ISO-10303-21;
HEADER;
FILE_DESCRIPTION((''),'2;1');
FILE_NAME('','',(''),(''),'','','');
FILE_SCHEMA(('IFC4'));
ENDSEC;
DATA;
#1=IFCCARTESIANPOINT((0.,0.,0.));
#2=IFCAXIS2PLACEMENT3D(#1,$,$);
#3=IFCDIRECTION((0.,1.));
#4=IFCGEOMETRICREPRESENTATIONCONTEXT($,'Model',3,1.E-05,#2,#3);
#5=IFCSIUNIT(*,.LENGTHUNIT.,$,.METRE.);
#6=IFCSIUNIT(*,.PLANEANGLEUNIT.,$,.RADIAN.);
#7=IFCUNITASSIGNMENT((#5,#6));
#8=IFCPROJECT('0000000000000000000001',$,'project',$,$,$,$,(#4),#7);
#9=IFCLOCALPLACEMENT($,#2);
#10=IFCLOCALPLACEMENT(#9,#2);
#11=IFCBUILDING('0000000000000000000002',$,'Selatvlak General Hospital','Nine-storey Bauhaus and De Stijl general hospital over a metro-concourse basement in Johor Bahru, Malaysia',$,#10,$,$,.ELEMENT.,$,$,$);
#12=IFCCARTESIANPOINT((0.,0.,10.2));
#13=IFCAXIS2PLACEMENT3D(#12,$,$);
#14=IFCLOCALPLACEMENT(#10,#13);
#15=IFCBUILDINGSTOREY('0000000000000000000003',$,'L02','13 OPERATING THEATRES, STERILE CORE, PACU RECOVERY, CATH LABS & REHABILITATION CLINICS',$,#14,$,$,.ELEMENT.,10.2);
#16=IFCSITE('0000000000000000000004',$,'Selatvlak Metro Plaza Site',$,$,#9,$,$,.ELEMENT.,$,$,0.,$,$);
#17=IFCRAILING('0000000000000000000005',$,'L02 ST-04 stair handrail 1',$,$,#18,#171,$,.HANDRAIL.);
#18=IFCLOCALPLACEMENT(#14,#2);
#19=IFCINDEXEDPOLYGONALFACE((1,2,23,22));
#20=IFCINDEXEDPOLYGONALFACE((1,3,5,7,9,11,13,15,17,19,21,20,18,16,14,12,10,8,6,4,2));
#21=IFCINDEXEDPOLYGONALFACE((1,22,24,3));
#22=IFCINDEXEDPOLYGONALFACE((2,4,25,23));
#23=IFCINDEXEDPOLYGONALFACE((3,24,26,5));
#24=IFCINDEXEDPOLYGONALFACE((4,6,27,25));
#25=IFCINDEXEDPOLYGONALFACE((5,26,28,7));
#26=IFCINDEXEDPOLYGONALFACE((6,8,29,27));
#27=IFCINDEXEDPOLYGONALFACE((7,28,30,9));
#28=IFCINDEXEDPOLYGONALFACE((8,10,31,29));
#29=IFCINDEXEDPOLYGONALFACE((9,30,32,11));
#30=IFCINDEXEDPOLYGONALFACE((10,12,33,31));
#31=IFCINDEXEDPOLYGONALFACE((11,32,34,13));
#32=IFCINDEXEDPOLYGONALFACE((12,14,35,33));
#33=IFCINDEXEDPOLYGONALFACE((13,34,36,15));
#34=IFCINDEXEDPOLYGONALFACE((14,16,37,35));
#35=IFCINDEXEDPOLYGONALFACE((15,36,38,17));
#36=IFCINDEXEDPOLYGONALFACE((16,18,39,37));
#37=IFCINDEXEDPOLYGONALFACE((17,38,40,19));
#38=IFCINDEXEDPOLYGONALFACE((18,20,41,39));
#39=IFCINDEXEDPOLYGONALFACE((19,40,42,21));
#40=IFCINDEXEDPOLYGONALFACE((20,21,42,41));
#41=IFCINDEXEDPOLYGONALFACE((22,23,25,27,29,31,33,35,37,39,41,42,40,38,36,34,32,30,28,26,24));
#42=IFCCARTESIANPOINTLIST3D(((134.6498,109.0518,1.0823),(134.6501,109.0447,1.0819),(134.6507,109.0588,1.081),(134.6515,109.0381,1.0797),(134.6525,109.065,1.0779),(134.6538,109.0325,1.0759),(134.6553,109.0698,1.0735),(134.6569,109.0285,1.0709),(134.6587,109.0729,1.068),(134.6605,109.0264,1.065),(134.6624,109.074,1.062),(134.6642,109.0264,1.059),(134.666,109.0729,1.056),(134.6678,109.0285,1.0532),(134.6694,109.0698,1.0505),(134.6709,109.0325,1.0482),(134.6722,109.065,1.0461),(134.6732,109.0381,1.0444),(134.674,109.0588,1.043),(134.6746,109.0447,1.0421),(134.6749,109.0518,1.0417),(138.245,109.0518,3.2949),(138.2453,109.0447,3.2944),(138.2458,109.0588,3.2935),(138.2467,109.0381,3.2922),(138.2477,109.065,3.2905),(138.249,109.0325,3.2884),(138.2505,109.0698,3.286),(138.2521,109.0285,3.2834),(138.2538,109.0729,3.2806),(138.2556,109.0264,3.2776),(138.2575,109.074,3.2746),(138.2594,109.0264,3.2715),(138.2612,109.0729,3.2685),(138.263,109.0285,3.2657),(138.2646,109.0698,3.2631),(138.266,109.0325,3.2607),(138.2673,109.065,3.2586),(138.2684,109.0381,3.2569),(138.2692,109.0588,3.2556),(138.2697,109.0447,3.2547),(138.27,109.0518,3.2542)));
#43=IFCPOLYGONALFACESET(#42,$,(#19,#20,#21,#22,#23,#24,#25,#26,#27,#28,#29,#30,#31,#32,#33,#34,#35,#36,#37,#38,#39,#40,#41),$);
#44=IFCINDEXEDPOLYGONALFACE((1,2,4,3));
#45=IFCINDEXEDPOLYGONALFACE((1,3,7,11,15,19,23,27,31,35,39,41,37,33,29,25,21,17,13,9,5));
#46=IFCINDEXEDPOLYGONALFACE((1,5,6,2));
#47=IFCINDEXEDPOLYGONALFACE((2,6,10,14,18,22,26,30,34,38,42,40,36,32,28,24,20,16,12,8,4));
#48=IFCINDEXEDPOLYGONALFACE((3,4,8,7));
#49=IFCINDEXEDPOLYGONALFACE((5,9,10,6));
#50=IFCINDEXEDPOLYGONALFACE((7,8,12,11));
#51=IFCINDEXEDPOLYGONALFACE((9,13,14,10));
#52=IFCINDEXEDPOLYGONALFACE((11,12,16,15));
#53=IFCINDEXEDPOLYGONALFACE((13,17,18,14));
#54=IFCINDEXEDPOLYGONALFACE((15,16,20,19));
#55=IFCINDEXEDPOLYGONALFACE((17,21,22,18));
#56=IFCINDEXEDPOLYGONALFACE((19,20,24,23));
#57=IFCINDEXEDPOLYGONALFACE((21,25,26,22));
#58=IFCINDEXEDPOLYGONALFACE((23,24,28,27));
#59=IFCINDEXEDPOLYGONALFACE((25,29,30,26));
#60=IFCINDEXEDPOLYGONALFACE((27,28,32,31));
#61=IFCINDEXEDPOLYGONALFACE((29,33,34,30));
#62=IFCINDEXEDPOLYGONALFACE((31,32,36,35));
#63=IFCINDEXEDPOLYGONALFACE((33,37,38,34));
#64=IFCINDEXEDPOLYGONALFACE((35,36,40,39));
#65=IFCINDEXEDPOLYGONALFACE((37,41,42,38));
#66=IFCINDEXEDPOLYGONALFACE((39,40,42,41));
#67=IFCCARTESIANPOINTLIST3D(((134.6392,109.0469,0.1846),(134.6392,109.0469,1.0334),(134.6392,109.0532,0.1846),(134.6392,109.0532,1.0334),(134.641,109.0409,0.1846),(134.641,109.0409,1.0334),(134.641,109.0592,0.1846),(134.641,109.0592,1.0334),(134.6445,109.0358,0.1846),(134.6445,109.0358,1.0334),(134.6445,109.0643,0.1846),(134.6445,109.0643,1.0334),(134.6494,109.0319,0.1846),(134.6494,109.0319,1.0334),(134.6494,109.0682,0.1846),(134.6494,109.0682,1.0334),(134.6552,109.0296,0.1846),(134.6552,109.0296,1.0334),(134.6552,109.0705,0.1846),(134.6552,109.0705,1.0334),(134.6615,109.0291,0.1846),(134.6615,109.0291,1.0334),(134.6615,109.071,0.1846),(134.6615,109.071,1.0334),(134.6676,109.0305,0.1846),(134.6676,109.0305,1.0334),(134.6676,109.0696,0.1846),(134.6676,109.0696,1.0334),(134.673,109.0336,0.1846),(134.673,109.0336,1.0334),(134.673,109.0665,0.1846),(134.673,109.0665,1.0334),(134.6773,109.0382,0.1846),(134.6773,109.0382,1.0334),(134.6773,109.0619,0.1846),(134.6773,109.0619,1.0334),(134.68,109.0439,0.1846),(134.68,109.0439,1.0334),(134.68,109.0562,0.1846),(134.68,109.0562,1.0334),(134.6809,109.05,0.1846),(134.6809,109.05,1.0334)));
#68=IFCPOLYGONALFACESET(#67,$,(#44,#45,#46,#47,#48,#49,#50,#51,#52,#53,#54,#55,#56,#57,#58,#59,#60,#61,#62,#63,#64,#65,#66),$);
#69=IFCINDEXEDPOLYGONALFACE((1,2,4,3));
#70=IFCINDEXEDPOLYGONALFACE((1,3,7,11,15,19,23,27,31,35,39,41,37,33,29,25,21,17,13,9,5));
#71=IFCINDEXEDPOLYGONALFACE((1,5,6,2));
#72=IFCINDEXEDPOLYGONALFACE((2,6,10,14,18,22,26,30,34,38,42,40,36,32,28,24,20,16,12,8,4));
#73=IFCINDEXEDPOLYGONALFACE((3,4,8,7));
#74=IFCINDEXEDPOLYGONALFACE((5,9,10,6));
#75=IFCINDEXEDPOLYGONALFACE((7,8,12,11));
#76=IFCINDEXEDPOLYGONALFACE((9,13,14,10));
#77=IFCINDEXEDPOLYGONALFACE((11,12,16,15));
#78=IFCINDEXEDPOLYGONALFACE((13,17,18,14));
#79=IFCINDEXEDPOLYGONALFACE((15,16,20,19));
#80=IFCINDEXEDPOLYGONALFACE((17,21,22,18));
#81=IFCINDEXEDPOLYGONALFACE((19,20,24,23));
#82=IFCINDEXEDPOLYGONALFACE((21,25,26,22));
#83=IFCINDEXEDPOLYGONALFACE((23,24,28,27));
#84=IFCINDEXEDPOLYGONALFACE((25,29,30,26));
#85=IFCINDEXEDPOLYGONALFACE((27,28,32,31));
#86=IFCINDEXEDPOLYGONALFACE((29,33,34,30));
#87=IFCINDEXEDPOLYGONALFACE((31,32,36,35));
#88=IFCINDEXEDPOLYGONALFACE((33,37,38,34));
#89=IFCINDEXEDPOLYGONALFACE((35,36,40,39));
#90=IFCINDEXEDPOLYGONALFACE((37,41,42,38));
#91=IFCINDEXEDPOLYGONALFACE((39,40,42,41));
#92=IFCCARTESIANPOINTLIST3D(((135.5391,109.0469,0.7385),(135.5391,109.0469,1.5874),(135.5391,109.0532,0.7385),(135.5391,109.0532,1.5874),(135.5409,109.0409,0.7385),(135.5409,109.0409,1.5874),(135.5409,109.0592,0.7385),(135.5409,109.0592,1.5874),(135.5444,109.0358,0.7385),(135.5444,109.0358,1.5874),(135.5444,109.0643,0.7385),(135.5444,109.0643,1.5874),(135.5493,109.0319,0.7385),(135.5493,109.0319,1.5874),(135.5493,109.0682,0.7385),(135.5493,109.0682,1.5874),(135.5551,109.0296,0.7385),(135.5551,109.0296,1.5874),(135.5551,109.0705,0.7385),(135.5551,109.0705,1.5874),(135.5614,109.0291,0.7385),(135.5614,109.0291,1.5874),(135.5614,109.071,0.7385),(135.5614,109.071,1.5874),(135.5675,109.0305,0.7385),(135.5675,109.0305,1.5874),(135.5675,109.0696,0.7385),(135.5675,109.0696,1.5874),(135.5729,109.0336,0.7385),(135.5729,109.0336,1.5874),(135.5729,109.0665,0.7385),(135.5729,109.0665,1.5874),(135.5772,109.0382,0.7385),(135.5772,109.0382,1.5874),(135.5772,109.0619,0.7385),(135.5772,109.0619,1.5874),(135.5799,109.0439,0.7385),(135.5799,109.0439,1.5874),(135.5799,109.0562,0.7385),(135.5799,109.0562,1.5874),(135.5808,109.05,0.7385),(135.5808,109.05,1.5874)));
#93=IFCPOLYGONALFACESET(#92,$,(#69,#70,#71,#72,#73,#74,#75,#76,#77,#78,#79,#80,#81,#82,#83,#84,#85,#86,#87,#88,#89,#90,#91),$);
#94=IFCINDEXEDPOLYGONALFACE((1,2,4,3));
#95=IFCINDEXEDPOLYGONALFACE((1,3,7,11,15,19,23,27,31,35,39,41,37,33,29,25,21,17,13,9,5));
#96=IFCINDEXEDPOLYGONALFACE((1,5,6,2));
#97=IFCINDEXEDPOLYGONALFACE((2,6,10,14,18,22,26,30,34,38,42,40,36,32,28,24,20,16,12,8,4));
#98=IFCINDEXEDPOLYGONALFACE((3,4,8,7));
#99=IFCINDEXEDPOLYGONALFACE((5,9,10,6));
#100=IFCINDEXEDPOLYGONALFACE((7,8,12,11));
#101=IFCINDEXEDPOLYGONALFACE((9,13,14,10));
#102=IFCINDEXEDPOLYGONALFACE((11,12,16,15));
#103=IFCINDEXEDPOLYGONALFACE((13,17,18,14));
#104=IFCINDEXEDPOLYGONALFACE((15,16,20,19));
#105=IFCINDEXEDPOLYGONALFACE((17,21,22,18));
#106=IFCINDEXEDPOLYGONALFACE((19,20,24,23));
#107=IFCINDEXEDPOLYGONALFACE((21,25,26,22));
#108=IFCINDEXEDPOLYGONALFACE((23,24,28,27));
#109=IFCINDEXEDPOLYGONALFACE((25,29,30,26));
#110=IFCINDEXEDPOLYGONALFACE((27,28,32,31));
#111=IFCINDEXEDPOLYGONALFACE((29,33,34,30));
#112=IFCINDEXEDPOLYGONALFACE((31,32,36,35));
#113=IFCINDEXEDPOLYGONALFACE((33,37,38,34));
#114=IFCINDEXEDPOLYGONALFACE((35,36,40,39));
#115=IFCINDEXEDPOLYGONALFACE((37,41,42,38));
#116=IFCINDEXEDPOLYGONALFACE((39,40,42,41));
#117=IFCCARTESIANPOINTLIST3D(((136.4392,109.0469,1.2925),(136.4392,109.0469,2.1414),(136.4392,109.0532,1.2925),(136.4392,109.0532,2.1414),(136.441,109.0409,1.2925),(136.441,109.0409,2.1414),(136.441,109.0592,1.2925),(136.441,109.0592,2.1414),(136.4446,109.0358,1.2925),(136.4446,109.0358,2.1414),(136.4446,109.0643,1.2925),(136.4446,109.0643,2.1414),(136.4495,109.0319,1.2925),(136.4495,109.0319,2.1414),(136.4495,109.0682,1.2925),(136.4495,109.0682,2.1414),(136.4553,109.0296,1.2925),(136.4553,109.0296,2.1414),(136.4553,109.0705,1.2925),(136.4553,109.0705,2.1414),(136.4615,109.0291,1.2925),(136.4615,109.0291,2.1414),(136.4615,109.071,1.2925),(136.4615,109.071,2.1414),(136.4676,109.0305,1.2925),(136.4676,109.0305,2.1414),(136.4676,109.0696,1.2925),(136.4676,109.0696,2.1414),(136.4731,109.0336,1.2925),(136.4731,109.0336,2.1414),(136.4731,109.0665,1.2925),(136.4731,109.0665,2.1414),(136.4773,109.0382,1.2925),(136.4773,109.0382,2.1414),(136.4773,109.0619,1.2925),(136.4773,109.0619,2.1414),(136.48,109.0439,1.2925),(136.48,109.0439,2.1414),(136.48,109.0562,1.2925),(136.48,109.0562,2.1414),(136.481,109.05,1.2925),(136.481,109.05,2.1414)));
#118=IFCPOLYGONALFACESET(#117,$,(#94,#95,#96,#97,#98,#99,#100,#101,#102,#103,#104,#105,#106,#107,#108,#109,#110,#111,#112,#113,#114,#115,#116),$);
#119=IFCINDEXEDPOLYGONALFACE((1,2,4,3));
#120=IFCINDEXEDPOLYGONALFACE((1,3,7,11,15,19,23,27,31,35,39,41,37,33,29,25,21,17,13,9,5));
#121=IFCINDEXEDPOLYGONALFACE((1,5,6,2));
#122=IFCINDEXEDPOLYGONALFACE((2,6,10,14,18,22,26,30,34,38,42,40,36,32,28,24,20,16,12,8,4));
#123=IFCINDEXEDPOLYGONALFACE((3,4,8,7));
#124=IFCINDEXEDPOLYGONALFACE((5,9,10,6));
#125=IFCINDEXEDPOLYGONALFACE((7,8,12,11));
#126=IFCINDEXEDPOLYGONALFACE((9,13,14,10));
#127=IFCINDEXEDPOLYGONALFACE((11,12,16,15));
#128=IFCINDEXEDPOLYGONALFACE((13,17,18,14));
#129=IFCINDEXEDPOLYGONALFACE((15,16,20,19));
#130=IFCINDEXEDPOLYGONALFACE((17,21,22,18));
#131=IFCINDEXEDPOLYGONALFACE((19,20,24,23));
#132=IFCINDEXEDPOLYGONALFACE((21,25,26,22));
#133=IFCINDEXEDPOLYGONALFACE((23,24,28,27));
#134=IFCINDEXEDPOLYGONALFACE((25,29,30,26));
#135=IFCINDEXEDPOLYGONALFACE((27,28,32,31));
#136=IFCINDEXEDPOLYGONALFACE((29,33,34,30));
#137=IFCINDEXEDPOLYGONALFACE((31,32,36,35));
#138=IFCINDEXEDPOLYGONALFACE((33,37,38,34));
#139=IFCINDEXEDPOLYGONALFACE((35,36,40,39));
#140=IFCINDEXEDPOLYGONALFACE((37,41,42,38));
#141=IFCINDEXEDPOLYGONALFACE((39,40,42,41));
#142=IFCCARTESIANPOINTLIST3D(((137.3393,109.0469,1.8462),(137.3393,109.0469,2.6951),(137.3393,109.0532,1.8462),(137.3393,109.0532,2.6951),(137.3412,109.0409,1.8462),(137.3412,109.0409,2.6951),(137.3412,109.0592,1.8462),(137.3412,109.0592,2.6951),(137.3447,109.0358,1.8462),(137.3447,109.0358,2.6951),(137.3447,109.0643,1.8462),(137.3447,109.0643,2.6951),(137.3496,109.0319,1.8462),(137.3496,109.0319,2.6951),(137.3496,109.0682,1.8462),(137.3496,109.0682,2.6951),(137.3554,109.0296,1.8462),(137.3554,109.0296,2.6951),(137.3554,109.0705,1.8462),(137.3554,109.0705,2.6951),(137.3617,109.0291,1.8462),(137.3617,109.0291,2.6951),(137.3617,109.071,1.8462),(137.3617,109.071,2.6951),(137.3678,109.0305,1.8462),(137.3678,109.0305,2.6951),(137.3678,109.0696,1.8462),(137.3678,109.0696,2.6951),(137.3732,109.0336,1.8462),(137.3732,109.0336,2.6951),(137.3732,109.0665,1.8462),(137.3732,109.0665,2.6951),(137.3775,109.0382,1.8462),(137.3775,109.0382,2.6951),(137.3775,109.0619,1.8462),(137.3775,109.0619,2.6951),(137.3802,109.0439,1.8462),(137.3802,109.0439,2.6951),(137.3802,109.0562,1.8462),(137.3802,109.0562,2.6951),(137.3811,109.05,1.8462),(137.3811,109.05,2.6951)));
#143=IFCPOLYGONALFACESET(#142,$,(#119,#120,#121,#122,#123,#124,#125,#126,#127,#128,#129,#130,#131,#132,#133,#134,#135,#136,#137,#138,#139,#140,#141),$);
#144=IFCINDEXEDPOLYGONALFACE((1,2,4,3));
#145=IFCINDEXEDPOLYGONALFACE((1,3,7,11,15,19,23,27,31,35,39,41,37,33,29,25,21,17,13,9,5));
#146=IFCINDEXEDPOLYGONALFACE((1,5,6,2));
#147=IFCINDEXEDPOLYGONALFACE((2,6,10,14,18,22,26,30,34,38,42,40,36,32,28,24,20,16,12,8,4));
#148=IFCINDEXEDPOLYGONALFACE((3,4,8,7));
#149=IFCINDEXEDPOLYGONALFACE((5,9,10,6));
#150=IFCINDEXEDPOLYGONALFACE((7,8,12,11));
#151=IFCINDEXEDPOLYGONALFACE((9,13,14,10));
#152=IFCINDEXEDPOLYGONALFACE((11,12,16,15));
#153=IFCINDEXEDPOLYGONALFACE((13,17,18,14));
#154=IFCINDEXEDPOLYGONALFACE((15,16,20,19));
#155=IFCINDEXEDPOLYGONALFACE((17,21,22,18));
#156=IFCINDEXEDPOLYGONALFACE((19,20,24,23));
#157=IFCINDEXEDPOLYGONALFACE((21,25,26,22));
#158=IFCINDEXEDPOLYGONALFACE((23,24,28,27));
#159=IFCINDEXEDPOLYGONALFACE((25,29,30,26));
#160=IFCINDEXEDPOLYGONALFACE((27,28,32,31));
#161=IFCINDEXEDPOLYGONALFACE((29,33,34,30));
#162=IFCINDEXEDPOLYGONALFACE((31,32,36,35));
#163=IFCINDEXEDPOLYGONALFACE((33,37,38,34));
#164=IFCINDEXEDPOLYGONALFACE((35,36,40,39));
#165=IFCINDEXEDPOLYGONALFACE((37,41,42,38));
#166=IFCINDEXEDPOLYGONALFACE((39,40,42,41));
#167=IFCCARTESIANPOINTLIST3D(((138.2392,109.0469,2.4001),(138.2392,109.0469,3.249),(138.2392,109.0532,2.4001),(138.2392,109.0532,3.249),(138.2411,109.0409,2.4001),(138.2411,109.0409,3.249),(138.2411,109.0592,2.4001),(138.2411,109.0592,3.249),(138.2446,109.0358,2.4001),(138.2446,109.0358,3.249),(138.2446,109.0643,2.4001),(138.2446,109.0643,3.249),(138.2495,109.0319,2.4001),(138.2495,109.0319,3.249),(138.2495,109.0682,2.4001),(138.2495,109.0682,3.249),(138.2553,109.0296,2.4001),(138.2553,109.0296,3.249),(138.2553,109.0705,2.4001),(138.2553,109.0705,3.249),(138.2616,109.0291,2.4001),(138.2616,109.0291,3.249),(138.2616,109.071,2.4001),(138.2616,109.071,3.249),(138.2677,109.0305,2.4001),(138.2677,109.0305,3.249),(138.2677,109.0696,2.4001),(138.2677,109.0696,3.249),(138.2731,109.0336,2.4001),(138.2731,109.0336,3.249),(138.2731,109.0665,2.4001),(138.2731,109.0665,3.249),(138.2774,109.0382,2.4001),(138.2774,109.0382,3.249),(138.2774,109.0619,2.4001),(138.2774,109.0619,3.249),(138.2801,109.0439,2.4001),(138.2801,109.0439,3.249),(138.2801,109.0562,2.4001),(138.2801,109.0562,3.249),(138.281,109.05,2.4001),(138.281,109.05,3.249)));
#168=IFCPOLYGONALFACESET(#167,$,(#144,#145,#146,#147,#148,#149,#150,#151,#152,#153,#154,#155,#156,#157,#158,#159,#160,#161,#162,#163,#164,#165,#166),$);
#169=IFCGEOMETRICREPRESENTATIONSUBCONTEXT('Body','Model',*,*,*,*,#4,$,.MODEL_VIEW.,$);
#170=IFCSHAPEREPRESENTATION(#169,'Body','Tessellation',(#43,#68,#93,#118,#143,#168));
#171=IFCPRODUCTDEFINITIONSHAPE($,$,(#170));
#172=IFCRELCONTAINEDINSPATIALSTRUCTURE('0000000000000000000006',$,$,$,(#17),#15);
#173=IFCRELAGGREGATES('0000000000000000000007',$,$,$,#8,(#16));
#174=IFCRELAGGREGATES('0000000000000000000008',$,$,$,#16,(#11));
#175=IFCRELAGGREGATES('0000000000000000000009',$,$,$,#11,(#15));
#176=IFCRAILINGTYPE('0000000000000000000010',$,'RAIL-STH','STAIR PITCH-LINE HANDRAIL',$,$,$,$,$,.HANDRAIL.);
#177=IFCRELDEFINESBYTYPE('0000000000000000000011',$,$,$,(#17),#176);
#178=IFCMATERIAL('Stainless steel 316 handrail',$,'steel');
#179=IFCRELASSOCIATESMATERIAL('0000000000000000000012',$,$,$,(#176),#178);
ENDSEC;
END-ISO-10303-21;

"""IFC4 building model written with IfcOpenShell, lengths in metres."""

from ifc_helpers import new_model, si_unit, direction, frame, origin, origin_2d, place, context, subcontext, project, spatial, circle, extrude, material, type_object, element, save


model = new_model("IFC4")

# Units and contexts
model_context = context("Model", 3, precision=1e-05, world=origin(), true_north=direction((0.0, 1.0)))
body_context = subcontext(model_context, "Body", "Model", "MODEL_VIEW")
ifc_project = project(units=[si_unit("LENGTHUNIT", "METRE"), si_unit("PLANEANGLEUNIT", "RADIAN")], contexts=[model_context])

# Site, building, storey
site_placement = place(None, origin())
site = spatial("IfcSite", under=ifc_project, at=site_placement, Name="Selatvlak Metro Plaza Site", CompositionType="ELEMENT", RefElevation=0.0)
building_placement = place(site_placement, origin())
building = spatial("IfcBuilding", under=site, at=building_placement, Name="Selatvlak General Hospital", Description="Nine-storey Bauhaus and De Stijl general hospital over a metro-concourse basement in Johor Bahru, Malaysia", CompositionType="ELEMENT")
storey_placement = place(building_placement, frame((0.0, 0.0, 10.2)))
storey = spatial("IfcBuildingStorey", under=building, at=storey_placement, Name="L02", Description="13 OPERATING THEATRES, STERILE CORE, PACU RECOVERY, CATH LABS & REHABILITATION CLINICS", CompositionType="ELEMENT", Elevation=10.2)

# Railing
ifc_material_1 = material(Name="Stainless steel 316 handrail", Category="steel")
railing_type_1 = type_object("IfcRailingType", Name="RAIL-STH", Description="STAIR PITCH-LINE HANDRAIL", PredefinedType="HANDRAIL", material=ifc_material_1)
railing_1_placement = place(storey_placement, frame((134.6599, 109.05, 0.1846)))
element("IfcRailing", 1, at=railing_1_placement, inside=storey, type_object=railing_type_1, Name="L02 ST-04 stair handrail 1", PredefinedType="HANDRAIL", context=body_context, shape_type="SweptSolid", body=[
    extrude(circle(Radius=0.0239, at=origin_2d()), frame((0.0024, 0.0, 0.8774), z_axis=(0.851644, 0.0, 0.52412), x_axis=(0.0, 1.0, 0.0)), (0.0, 0.0, 1.0), 4.2214),
    extrude(circle(Radius=0.021, at=origin_2d()), origin(), (0.0, 0.0, 1.0), 0.8489),
    extrude(circle(Radius=0.021, at=origin_2d()), frame((0.8999, 0.0, 0.554)), (0.0, 0.0, 1.0), 0.8489),
    extrude(circle(Radius=0.021, at=origin_2d()), frame((1.8, 0.0, 1.1079)), (0.0, 0.0, 1.0), 0.8489),
    extrude(circle(Radius=0.021, at=origin_2d()), frame((2.7002, 0.0, 1.6616)), (0.0, 0.0, 1.0), 0.8489),
    extrude(circle(Radius=0.021, at=origin_2d()), frame((3.6001, 0.0, 2.2156)), (0.0, 0.0, 1.0), 0.8489),
])

save(model, "model.ifc")
